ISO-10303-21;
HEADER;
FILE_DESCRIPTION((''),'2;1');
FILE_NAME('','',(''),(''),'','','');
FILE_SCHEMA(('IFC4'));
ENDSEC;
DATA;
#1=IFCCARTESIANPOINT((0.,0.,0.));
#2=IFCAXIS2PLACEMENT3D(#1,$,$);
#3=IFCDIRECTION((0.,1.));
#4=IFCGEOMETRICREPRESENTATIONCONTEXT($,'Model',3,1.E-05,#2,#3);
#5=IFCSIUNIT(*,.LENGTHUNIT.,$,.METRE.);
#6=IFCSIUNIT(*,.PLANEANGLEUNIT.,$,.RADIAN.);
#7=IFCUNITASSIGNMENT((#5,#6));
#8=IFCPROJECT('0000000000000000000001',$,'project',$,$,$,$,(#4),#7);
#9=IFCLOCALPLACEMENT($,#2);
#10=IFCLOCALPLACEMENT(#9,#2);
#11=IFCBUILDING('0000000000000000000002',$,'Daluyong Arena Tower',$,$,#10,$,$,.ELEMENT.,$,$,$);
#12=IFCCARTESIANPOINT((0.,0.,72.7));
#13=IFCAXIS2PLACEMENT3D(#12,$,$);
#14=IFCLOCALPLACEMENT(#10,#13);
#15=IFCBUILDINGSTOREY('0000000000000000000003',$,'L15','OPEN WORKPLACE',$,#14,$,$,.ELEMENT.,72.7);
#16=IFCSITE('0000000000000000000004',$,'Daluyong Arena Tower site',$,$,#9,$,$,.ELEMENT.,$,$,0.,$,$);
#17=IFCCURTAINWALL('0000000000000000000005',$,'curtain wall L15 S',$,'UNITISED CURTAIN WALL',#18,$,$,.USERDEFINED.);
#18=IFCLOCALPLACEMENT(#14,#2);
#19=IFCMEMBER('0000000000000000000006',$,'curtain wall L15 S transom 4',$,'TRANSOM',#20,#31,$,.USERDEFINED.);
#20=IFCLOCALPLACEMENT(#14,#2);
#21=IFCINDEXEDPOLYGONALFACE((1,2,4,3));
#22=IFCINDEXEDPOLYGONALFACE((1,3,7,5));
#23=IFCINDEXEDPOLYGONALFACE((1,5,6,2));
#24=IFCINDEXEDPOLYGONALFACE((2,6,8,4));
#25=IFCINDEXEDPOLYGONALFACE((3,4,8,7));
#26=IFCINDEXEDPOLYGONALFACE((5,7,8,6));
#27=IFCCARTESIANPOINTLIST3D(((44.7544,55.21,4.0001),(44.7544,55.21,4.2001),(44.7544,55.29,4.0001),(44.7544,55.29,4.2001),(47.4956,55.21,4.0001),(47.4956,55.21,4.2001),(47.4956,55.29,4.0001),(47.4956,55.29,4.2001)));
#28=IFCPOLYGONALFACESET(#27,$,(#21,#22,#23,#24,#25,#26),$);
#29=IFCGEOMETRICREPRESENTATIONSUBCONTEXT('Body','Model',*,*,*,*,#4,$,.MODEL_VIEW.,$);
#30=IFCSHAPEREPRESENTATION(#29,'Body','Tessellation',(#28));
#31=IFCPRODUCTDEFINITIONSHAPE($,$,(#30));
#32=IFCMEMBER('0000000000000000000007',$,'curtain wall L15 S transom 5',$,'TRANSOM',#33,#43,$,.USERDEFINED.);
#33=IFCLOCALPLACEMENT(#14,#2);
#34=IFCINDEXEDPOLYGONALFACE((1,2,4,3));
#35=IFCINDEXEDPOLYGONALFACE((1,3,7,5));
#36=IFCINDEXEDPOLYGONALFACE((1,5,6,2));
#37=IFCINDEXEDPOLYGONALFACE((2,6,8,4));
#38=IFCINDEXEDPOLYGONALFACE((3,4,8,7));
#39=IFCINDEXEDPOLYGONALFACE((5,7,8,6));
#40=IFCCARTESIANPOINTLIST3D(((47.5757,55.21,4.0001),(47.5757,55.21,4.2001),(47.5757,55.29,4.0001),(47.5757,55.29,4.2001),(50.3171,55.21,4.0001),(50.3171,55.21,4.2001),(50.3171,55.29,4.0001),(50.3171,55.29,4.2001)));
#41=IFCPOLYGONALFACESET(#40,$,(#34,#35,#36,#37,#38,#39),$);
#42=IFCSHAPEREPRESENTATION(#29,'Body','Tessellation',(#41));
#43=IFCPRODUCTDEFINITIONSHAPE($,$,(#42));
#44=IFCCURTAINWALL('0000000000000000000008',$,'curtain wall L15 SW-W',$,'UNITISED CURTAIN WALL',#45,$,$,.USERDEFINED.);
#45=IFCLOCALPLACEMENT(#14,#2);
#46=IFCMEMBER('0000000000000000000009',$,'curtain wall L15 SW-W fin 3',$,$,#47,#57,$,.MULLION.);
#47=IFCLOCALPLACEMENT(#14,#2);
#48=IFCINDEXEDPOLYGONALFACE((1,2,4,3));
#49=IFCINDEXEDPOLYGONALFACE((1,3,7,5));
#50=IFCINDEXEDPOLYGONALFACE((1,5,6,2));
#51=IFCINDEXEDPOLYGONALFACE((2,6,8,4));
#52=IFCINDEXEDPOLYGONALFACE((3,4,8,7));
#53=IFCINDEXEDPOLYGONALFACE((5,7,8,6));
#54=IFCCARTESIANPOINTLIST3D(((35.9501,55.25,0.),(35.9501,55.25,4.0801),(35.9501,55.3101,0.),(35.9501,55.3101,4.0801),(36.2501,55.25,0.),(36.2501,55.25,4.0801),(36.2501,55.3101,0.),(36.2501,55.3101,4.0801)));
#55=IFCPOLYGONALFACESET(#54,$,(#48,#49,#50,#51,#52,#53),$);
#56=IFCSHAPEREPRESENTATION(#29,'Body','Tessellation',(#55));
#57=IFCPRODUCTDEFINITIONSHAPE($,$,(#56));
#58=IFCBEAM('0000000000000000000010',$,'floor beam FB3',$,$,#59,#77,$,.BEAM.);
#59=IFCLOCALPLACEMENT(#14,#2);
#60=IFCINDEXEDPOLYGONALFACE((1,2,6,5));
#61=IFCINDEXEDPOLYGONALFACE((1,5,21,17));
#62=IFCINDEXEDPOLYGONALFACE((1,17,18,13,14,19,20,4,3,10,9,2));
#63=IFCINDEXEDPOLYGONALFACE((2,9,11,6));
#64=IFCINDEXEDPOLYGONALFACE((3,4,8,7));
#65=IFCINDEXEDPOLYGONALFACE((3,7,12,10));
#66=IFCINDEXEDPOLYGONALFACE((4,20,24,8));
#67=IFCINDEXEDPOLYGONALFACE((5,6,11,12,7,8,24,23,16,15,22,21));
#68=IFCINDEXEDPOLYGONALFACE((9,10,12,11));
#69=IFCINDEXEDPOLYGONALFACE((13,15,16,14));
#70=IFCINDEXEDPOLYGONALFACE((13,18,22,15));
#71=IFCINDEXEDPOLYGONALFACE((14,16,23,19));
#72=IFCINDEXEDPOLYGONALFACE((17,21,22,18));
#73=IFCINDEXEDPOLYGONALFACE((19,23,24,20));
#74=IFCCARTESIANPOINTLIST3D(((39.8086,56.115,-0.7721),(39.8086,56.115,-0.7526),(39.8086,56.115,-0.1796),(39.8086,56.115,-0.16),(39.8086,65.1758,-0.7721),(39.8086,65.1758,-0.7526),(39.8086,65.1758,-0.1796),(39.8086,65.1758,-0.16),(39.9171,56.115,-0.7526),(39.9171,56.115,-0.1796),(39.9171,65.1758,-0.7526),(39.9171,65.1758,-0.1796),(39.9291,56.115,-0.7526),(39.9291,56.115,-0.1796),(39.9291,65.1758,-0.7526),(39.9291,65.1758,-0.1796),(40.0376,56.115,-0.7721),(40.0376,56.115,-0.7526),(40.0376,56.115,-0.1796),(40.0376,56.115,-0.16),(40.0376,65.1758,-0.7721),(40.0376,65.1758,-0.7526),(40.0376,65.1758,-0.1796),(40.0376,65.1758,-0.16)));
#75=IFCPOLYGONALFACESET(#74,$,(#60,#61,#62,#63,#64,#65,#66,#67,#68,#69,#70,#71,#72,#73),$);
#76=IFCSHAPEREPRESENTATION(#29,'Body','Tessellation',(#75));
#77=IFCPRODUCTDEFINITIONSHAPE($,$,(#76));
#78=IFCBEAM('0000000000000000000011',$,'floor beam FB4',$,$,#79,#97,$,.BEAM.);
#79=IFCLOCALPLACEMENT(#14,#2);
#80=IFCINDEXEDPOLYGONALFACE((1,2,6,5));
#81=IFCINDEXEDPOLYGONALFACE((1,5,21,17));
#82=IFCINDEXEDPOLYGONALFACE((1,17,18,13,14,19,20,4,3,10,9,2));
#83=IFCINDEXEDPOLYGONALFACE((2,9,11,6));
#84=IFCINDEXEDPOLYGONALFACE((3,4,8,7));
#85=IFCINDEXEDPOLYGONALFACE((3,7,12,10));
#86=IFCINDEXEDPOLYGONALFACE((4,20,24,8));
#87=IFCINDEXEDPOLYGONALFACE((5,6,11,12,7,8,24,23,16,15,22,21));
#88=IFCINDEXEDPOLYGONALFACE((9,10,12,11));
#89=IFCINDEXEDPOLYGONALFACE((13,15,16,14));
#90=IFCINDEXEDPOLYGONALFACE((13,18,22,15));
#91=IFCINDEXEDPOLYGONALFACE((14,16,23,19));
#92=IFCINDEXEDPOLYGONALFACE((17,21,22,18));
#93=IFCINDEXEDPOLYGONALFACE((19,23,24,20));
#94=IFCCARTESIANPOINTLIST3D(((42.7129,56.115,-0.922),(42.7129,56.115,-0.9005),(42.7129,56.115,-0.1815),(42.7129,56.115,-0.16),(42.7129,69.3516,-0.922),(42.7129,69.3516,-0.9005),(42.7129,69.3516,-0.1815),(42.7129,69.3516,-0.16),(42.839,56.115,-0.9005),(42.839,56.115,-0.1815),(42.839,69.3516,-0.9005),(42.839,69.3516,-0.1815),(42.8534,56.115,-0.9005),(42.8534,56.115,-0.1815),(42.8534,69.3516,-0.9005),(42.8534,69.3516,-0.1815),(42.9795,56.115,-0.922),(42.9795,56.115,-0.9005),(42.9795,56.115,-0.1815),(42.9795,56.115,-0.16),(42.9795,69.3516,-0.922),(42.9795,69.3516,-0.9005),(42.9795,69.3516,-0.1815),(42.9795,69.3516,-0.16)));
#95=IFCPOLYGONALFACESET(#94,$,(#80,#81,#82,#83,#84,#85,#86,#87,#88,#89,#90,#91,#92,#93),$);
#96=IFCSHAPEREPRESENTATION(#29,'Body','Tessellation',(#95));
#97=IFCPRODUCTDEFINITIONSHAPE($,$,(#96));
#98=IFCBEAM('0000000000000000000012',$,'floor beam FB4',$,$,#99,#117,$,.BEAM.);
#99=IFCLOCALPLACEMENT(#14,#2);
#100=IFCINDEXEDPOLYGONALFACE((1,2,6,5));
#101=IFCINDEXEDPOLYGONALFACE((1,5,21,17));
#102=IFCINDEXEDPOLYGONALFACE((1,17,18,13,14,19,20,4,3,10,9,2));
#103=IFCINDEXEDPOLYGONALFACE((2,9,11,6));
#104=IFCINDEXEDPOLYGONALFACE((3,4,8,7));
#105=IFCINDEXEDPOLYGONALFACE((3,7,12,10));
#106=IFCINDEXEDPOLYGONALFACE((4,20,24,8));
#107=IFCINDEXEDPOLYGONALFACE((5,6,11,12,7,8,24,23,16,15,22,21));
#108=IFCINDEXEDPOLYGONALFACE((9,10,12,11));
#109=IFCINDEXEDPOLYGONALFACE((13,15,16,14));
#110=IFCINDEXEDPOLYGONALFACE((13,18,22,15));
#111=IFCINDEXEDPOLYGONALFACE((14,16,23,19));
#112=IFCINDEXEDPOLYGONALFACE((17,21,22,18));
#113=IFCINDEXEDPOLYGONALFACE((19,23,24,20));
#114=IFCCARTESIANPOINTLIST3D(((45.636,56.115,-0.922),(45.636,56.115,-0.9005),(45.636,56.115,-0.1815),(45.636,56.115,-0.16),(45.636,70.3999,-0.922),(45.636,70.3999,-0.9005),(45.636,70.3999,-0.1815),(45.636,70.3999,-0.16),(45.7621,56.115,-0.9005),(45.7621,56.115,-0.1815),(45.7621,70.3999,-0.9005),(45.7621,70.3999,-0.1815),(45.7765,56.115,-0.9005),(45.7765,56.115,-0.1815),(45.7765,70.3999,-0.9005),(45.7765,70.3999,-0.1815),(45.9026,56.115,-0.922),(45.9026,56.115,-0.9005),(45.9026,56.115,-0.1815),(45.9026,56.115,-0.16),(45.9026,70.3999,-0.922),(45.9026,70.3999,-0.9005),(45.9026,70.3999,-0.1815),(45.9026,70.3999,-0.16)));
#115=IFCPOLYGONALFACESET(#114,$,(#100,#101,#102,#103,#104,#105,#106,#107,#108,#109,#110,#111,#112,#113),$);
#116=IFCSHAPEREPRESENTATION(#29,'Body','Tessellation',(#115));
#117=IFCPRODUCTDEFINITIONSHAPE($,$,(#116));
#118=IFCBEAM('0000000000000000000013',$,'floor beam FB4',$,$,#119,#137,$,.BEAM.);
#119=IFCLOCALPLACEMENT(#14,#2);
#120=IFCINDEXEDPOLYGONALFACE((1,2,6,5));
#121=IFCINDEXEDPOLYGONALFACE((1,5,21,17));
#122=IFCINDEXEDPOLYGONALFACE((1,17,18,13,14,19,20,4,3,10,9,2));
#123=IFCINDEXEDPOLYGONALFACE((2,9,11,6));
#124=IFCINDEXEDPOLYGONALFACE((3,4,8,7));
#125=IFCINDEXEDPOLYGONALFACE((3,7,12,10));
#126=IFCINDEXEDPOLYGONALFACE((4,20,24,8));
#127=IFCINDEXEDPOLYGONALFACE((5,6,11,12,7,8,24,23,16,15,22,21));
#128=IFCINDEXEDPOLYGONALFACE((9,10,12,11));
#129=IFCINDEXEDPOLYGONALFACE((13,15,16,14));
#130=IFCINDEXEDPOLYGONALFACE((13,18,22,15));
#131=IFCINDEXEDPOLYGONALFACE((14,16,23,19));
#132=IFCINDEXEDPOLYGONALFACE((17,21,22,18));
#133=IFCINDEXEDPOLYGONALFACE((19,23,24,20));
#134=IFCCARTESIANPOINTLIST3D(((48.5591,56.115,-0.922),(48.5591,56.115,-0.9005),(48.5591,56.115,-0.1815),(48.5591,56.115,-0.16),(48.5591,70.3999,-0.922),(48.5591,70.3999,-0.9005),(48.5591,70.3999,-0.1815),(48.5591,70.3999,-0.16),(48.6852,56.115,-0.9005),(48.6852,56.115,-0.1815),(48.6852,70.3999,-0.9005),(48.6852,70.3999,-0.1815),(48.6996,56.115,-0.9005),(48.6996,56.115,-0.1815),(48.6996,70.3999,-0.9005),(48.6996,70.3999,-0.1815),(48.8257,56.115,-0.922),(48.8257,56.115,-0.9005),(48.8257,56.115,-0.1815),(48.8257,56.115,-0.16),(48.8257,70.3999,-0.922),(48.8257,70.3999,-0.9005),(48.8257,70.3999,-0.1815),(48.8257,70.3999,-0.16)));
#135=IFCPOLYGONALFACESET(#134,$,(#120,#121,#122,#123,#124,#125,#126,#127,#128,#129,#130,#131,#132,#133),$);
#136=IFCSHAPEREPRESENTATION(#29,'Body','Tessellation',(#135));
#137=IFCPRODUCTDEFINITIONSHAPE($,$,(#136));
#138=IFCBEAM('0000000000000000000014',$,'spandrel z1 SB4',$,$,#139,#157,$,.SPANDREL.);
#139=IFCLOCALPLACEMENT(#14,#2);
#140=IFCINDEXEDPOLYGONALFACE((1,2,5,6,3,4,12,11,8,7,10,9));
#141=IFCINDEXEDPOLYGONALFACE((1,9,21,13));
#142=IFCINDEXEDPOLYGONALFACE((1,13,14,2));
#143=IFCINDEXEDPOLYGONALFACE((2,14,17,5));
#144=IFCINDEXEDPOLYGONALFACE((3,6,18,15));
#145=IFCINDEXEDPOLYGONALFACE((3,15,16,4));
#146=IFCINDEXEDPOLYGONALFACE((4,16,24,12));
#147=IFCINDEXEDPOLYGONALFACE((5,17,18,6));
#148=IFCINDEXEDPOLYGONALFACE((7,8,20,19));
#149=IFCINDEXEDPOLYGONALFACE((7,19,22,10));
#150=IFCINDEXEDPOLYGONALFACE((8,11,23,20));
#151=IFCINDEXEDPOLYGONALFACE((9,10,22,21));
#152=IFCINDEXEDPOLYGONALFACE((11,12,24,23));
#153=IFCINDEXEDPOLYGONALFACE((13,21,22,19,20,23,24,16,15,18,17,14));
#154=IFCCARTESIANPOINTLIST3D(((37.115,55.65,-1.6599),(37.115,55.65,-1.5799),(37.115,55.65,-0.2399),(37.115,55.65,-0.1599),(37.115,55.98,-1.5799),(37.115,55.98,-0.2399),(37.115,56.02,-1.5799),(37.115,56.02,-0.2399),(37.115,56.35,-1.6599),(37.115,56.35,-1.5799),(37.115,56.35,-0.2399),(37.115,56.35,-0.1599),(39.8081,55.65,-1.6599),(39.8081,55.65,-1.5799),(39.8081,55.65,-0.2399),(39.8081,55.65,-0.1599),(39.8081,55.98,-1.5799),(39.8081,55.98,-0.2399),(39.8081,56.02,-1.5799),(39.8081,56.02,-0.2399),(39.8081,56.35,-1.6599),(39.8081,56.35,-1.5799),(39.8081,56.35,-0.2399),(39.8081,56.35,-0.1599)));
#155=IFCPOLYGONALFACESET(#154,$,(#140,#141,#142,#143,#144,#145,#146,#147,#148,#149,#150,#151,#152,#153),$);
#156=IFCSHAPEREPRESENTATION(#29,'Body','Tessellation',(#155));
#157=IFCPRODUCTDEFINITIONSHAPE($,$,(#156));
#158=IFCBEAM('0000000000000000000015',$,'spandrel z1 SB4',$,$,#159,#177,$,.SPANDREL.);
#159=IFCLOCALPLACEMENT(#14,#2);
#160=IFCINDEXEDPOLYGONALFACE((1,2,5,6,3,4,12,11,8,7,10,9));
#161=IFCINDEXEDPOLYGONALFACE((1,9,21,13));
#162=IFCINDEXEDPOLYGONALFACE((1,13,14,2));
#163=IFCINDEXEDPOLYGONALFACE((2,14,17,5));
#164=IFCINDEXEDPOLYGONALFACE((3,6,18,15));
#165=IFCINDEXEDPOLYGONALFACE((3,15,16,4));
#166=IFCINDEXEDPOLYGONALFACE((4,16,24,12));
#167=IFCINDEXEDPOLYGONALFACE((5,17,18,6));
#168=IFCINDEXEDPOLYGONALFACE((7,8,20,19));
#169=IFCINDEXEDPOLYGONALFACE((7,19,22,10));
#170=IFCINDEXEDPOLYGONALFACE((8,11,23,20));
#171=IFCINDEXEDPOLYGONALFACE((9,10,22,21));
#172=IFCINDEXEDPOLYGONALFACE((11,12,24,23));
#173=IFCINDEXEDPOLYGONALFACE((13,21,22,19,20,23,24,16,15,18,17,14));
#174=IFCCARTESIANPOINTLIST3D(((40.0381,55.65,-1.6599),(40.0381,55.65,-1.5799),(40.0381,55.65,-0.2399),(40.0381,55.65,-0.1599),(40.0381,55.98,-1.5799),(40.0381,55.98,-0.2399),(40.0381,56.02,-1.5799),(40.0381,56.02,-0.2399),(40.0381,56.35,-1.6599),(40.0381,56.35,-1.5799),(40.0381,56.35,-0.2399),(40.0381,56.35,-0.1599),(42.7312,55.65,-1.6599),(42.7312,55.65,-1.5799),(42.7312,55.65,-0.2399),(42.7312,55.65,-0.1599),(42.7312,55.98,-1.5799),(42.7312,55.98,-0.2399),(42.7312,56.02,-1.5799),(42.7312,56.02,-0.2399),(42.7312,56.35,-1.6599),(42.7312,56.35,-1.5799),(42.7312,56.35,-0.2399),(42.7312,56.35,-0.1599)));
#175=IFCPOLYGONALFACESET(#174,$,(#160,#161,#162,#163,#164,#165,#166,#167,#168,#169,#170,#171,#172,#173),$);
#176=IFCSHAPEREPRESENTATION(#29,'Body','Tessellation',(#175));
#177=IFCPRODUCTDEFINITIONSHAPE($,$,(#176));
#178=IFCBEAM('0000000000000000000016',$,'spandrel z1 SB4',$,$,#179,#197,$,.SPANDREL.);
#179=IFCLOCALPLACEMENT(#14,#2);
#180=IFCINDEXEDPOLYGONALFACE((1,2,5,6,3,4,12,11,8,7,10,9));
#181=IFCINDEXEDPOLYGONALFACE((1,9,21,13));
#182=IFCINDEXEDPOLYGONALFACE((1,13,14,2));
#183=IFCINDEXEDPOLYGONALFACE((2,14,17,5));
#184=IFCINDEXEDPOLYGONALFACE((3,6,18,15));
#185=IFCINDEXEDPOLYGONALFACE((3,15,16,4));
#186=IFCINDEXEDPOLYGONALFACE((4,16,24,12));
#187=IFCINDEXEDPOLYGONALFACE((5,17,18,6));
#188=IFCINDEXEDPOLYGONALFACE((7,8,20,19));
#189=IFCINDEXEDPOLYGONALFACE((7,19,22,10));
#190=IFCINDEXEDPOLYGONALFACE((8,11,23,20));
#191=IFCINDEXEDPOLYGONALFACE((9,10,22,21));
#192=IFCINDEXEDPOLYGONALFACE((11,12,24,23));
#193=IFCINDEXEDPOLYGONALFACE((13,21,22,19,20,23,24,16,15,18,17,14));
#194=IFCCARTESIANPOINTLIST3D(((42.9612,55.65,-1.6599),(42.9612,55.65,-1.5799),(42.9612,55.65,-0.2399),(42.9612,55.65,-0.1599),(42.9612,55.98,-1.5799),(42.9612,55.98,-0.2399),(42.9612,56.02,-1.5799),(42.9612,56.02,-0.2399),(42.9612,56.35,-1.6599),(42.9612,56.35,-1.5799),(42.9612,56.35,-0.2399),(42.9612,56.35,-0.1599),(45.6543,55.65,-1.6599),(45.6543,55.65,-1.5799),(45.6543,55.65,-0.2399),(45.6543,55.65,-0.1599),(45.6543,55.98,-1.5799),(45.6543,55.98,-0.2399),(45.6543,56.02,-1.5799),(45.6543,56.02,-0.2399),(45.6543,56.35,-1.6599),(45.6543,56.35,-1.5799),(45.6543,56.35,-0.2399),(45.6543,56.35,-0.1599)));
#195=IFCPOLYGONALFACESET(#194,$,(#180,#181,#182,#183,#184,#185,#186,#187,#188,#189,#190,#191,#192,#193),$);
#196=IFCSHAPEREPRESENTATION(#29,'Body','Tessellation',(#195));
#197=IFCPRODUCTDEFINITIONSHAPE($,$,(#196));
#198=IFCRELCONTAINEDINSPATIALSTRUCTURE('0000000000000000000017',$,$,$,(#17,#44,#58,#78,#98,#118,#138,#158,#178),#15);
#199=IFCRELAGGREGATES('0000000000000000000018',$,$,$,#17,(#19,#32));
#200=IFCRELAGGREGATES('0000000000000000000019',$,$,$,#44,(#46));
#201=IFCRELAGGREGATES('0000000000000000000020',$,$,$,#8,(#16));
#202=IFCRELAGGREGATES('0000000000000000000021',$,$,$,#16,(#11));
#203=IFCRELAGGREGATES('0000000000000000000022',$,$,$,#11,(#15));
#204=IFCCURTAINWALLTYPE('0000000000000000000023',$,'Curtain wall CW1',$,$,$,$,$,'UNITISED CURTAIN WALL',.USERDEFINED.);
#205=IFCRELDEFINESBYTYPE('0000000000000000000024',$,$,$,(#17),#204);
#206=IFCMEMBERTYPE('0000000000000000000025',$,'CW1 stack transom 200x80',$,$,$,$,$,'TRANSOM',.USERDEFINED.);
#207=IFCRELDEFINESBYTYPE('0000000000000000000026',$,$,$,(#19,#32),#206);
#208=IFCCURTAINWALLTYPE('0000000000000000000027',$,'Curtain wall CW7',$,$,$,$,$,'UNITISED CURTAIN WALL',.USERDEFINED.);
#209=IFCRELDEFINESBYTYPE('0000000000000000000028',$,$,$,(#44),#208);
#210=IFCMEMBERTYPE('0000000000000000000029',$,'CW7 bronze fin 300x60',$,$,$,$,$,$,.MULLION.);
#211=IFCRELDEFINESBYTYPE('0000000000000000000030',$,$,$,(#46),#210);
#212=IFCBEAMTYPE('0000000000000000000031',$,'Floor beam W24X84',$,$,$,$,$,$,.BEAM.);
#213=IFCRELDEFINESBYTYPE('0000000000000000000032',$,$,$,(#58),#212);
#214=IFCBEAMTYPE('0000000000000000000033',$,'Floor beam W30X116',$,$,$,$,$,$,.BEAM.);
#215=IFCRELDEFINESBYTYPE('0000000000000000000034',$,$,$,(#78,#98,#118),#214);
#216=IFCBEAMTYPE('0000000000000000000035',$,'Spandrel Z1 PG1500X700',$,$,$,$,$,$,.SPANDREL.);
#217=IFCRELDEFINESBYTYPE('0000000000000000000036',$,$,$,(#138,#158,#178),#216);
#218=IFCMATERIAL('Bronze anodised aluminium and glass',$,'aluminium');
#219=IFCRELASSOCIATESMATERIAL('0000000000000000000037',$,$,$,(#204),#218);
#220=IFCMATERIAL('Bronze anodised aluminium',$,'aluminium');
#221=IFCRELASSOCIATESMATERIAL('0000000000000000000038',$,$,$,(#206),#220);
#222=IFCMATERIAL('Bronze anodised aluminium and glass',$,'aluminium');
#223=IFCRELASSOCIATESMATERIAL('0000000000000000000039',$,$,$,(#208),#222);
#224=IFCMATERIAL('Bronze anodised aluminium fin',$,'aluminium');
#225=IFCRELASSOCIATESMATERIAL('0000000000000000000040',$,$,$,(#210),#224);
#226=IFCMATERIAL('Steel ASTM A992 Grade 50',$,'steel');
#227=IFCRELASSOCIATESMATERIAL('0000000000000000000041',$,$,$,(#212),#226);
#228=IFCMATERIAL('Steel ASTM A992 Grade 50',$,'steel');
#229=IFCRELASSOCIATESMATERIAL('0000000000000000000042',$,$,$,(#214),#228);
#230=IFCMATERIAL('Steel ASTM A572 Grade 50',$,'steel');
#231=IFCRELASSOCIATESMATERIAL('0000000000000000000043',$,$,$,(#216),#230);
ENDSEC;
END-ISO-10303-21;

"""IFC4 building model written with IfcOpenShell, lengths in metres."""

from ifc_helpers import new_model, si_unit, direction, frame, origin, origin_2d, place, context, subcontext, project, spatial, rectangle, i_section, extrude, material, material_profile, profile_set, type_object, element, aggregate, save


model = new_model("IFC4")

# Units and contexts
model_context = context("Model", 3, precision=1e-05, world=origin(), true_north=direction((0.0, 1.0)))
body_context = subcontext(model_context, "Body", "Model", "MODEL_VIEW")
ifc_project = project(units=[si_unit("LENGTHUNIT", "METRE"), si_unit("PLANEANGLEUNIT", "RADIAN")], contexts=[model_context])

# Site, building, storey
site_placement = place(None, origin())
site = spatial("IfcSite", under=ifc_project, at=site_placement, Name="Daluyong Arena Tower site", CompositionType="ELEMENT", RefElevation=0.0)
building_placement = place(site_placement, origin())
building = spatial("IfcBuilding", under=site, at=building_placement, Name="Daluyong Arena Tower", CompositionType="ELEMENT")
storey_placement = place(building_placement, frame((0.0, 0.0, 72.7)))
storey = spatial("IfcBuildingStorey", under=building, at=storey_placement, Name="L15", Description="OPEN WORKPLACE", CompositionType="ELEMENT", Elevation=72.7)

# Curtain wall, members
ifc_material_1 = material(Name="Bronze anodised aluminium and glass", Category="aluminium")
curtain_wall_type_1 = type_object("IfcCurtainWallType", Name="Curtain wall CW1", ElementType="UNITISED CURTAIN WALL", PredefinedType="USERDEFINED", material=ifc_material_1)
curtain_wall_1_placement = place(storey_placement, origin())
curtain_wall_1 = element("IfcCurtainWall", 1, at=curtain_wall_1_placement, inside=storey, type_object=curtain_wall_type_1, Name="curtain wall L15 S", ObjectType="UNITISED CURTAIN WALL", PredefinedType="USERDEFINED")
ifc_material_2 = material(Name="Bronze anodised aluminium", Category="aluminium")
ifc_material_profile_1 = material_profile(ifc_material_2, rectangle(XDim=0.0801, YDim=0.2, at=origin_2d()))
ifc_profile_set_1 = profile_set([ifc_material_profile_1], Name="Bronze anodised aluminium")
member_type_1 = type_object("IfcMemberType", Name="CW1 stack transom 200x80", ElementType="TRANSOM", PredefinedType="USERDEFINED", material=ifc_profile_set_1)
member_1_placement = place(storey_placement, frame((44.7544, 55.25, 4.1001), z_axis=(1.0, 0.0, 0.0), x_axis=(0.0, 1.0, 0.0)))
member_1 = element("IfcMember", 2, at=member_1_placement, type_object=member_type_1, Name="curtain wall L15 S transom 4", ObjectType="TRANSOM", PredefinedType="USERDEFINED", context=body_context, shape_type="SweptSolid", body=[
    extrude(rectangle(XDim=0.0801, YDim=0.2, at=origin_2d()), origin(), (0.0, 0.0, 1.0), 2.7412),
])
member_2_placement = place(storey_placement, frame((47.5757, 55.25, 4.1001), z_axis=(1.0, 0.0, 0.0), x_axis=(0.0, 1.0, 0.0)))
member_2 = element("IfcMember", 3, at=member_2_placement, type_object=member_type_1, Name="curtain wall L15 S transom 5", ObjectType="TRANSOM", PredefinedType="USERDEFINED", context=body_context, shape_type="SweptSolid", body=[
    extrude(rectangle(XDim=0.0801, YDim=0.2, at=origin_2d()), origin(), (0.0, 0.0, 1.0), 2.7415),
])

# Curtain wall, member
ifc_material_3 = material(Name="Bronze anodised aluminium and glass", Category="aluminium")
curtain_wall_type_2 = type_object("IfcCurtainWallType", Name="Curtain wall CW7", ElementType="UNITISED CURTAIN WALL", PredefinedType="USERDEFINED", material=ifc_material_3)
curtain_wall_2_placement = place(storey_placement, origin())
curtain_wall_2 = element("IfcCurtainWall", 4, at=curtain_wall_2_placement, inside=storey, type_object=curtain_wall_type_2, Name="curtain wall L15 SW-W", ObjectType="UNITISED CURTAIN WALL", PredefinedType="USERDEFINED")
ifc_material_4 = material(Name="Bronze anodised aluminium fin", Category="aluminium")
ifc_material_profile_2 = material_profile(ifc_material_4, rectangle(XDim=0.3, YDim=0.0601, at=origin_2d()))
ifc_profile_set_2 = profile_set([ifc_material_profile_2], Name="Bronze anodised aluminium fin")
member_type_2 = type_object("IfcMemberType", Name="CW7 bronze fin 300x60", PredefinedType="MULLION", material=ifc_profile_set_2)
member_3_placement = place(storey_placement, frame((36.1001, 55.28, 0.0), z_axis=(0.0, 0.0, 1.0), x_axis=(1.0, 0.0, 0.0)))
member_3 = element("IfcMember", 5, at=member_3_placement, type_object=member_type_2, Name="curtain wall L15 SW-W fin 3", PredefinedType="MULLION", context=body_context, shape_type="SweptSolid", body=[
    extrude(rectangle(XDim=0.3, YDim=0.0601, at=origin_2d()), origin(), (0.0, 0.0, 1.0), 4.0801),
])

# Beams
ifc_material_5 = material(Name="Steel ASTM A992 Grade 50", Category="steel")
ifc_material_profile_3 = material_profile(ifc_material_5, i_section(OverallWidth=0.229, OverallDepth=0.6121, WebThickness=0.012, FlangeThickness=0.0195, at=origin_2d()))
ifc_profile_set_3 = profile_set([ifc_material_profile_3], Name="Steel ASTM A992 Grade 50")
beam_type_1 = type_object("IfcBeamType", Name="Floor beam W24X84", PredefinedType="BEAM", material=ifc_profile_set_3)
beam_1_placement = place(storey_placement, frame((39.9231, 56.115, -0.4661), z_axis=(0.0, 1.0, 0.0), x_axis=(-1.0, 0.0, 0.0)))
element("IfcBeam", 6, at=beam_1_placement, inside=storey, type_object=beam_type_1, Name="floor beam FB3", PredefinedType="BEAM", context=body_context, shape_type="SweptSolid", body=[
    extrude(i_section(OverallWidth=0.229, OverallDepth=0.6121, WebThickness=0.012, FlangeThickness=0.0195, at=origin_2d()), origin(), (0.0, 0.0, 1.0), 9.0608),
])
ifc_material_6 = material(Name="Steel ASTM A992 Grade 50", Category="steel")
ifc_material_profile_4 = material_profile(ifc_material_6, i_section(OverallWidth=0.2666, OverallDepth=0.762, WebThickness=0.0144, FlangeThickness=0.0215, at=origin_2d()))
ifc_profile_set_4 = profile_set([ifc_material_profile_4], Name="Steel ASTM A992 Grade 50")
beam_type_2 = type_object("IfcBeamType", Name="Floor beam W30X116", PredefinedType="BEAM", material=ifc_profile_set_4)
beam_2_placement = place(storey_placement, frame((42.8462, 56.115, -0.541), z_axis=(0.0, 1.0, 0.0), x_axis=(-1.0, 0.0, 0.0)))
element("IfcBeam", 7, at=beam_2_placement, inside=storey, type_object=beam_type_2, Name="floor beam FB4", PredefinedType="BEAM", context=body_context, shape_type="SweptSolid", body=[
    extrude(i_section(OverallWidth=0.2666, OverallDepth=0.762, WebThickness=0.0144, FlangeThickness=0.0215, at=origin_2d()), origin(), (0.0, 0.0, 1.0), 13.2366),
])
for number, where, z_axis, x_axis, name in (
    (8, (45.7693, 56.115, -0.541), (0.0, 1.0, 0.0), (-1.0, 0.0, 0.0), "floor beam FB4"),
    (9, (48.6924, 56.115, -0.541), (0.0, 1.0, 0.0), (-1.0, 0.0, 0.0), "floor beam FB4"),
):
    element("IfcBeam", number, at=place(storey_placement, frame(where, z_axis=z_axis, x_axis=x_axis)), inside=storey, type_object=beam_type_2, Name=name, PredefinedType="BEAM", context=body_context, shape_type="SweptSolid", body=[
        extrude(i_section(OverallWidth=0.2666, OverallDepth=0.762, WebThickness=0.0144, FlangeThickness=0.0215, at=origin_2d()), origin(), (0.0, 0.0, 1.0), 14.2849),
    ])
ifc_material_7 = material(Name="Steel ASTM A572 Grade 50", Category="steel")
ifc_material_profile_5 = material_profile(ifc_material_7, i_section(OverallWidth=0.7, OverallDepth=1.5, WebThickness=0.04, FlangeThickness=0.08, at=origin_2d()))
ifc_profile_set_5 = profile_set([ifc_material_profile_5], Name="Steel ASTM A572 Grade 50")
beam_type_3 = type_object("IfcBeamType", Name="Spandrel Z1 PG1500X700", PredefinedType="SPANDREL", material=ifc_profile_set_5)
for number, where, z_axis, x_axis, name in (
    (10, (37.115, 56.0, -0.9099), (1.0, 0.0, 0.0), (0.0, 1.0, 0.0), "spandrel z1 SB4"),
    (11, (40.0381, 56.0, -0.9099), (1.0, 0.0, 0.0), (0.0, 1.0, 0.0), "spandrel z1 SB4"),
    (12, (42.9612, 56.0, -0.9099), (1.0, 0.0, 0.0), (0.0, 1.0, 0.0), "spandrel z1 SB4"),
):
    element("IfcBeam", number, at=place(storey_placement, frame(where, z_axis=z_axis, x_axis=x_axis)), inside=storey, type_object=beam_type_3, Name=name, PredefinedType="SPANDREL", context=body_context, shape_type="SweptSolid", body=[
        extrude(i_section(OverallWidth=0.7, OverallDepth=1.5, WebThickness=0.04, FlangeThickness=0.08, at=origin_2d()), origin(), (0.0, 0.0, 1.0), 2.6931),
    ])

aggregate(curtain_wall_1, [member_1, member_2])
aggregate(curtain_wall_2, [member_3])

save(model, "model.ifc")
